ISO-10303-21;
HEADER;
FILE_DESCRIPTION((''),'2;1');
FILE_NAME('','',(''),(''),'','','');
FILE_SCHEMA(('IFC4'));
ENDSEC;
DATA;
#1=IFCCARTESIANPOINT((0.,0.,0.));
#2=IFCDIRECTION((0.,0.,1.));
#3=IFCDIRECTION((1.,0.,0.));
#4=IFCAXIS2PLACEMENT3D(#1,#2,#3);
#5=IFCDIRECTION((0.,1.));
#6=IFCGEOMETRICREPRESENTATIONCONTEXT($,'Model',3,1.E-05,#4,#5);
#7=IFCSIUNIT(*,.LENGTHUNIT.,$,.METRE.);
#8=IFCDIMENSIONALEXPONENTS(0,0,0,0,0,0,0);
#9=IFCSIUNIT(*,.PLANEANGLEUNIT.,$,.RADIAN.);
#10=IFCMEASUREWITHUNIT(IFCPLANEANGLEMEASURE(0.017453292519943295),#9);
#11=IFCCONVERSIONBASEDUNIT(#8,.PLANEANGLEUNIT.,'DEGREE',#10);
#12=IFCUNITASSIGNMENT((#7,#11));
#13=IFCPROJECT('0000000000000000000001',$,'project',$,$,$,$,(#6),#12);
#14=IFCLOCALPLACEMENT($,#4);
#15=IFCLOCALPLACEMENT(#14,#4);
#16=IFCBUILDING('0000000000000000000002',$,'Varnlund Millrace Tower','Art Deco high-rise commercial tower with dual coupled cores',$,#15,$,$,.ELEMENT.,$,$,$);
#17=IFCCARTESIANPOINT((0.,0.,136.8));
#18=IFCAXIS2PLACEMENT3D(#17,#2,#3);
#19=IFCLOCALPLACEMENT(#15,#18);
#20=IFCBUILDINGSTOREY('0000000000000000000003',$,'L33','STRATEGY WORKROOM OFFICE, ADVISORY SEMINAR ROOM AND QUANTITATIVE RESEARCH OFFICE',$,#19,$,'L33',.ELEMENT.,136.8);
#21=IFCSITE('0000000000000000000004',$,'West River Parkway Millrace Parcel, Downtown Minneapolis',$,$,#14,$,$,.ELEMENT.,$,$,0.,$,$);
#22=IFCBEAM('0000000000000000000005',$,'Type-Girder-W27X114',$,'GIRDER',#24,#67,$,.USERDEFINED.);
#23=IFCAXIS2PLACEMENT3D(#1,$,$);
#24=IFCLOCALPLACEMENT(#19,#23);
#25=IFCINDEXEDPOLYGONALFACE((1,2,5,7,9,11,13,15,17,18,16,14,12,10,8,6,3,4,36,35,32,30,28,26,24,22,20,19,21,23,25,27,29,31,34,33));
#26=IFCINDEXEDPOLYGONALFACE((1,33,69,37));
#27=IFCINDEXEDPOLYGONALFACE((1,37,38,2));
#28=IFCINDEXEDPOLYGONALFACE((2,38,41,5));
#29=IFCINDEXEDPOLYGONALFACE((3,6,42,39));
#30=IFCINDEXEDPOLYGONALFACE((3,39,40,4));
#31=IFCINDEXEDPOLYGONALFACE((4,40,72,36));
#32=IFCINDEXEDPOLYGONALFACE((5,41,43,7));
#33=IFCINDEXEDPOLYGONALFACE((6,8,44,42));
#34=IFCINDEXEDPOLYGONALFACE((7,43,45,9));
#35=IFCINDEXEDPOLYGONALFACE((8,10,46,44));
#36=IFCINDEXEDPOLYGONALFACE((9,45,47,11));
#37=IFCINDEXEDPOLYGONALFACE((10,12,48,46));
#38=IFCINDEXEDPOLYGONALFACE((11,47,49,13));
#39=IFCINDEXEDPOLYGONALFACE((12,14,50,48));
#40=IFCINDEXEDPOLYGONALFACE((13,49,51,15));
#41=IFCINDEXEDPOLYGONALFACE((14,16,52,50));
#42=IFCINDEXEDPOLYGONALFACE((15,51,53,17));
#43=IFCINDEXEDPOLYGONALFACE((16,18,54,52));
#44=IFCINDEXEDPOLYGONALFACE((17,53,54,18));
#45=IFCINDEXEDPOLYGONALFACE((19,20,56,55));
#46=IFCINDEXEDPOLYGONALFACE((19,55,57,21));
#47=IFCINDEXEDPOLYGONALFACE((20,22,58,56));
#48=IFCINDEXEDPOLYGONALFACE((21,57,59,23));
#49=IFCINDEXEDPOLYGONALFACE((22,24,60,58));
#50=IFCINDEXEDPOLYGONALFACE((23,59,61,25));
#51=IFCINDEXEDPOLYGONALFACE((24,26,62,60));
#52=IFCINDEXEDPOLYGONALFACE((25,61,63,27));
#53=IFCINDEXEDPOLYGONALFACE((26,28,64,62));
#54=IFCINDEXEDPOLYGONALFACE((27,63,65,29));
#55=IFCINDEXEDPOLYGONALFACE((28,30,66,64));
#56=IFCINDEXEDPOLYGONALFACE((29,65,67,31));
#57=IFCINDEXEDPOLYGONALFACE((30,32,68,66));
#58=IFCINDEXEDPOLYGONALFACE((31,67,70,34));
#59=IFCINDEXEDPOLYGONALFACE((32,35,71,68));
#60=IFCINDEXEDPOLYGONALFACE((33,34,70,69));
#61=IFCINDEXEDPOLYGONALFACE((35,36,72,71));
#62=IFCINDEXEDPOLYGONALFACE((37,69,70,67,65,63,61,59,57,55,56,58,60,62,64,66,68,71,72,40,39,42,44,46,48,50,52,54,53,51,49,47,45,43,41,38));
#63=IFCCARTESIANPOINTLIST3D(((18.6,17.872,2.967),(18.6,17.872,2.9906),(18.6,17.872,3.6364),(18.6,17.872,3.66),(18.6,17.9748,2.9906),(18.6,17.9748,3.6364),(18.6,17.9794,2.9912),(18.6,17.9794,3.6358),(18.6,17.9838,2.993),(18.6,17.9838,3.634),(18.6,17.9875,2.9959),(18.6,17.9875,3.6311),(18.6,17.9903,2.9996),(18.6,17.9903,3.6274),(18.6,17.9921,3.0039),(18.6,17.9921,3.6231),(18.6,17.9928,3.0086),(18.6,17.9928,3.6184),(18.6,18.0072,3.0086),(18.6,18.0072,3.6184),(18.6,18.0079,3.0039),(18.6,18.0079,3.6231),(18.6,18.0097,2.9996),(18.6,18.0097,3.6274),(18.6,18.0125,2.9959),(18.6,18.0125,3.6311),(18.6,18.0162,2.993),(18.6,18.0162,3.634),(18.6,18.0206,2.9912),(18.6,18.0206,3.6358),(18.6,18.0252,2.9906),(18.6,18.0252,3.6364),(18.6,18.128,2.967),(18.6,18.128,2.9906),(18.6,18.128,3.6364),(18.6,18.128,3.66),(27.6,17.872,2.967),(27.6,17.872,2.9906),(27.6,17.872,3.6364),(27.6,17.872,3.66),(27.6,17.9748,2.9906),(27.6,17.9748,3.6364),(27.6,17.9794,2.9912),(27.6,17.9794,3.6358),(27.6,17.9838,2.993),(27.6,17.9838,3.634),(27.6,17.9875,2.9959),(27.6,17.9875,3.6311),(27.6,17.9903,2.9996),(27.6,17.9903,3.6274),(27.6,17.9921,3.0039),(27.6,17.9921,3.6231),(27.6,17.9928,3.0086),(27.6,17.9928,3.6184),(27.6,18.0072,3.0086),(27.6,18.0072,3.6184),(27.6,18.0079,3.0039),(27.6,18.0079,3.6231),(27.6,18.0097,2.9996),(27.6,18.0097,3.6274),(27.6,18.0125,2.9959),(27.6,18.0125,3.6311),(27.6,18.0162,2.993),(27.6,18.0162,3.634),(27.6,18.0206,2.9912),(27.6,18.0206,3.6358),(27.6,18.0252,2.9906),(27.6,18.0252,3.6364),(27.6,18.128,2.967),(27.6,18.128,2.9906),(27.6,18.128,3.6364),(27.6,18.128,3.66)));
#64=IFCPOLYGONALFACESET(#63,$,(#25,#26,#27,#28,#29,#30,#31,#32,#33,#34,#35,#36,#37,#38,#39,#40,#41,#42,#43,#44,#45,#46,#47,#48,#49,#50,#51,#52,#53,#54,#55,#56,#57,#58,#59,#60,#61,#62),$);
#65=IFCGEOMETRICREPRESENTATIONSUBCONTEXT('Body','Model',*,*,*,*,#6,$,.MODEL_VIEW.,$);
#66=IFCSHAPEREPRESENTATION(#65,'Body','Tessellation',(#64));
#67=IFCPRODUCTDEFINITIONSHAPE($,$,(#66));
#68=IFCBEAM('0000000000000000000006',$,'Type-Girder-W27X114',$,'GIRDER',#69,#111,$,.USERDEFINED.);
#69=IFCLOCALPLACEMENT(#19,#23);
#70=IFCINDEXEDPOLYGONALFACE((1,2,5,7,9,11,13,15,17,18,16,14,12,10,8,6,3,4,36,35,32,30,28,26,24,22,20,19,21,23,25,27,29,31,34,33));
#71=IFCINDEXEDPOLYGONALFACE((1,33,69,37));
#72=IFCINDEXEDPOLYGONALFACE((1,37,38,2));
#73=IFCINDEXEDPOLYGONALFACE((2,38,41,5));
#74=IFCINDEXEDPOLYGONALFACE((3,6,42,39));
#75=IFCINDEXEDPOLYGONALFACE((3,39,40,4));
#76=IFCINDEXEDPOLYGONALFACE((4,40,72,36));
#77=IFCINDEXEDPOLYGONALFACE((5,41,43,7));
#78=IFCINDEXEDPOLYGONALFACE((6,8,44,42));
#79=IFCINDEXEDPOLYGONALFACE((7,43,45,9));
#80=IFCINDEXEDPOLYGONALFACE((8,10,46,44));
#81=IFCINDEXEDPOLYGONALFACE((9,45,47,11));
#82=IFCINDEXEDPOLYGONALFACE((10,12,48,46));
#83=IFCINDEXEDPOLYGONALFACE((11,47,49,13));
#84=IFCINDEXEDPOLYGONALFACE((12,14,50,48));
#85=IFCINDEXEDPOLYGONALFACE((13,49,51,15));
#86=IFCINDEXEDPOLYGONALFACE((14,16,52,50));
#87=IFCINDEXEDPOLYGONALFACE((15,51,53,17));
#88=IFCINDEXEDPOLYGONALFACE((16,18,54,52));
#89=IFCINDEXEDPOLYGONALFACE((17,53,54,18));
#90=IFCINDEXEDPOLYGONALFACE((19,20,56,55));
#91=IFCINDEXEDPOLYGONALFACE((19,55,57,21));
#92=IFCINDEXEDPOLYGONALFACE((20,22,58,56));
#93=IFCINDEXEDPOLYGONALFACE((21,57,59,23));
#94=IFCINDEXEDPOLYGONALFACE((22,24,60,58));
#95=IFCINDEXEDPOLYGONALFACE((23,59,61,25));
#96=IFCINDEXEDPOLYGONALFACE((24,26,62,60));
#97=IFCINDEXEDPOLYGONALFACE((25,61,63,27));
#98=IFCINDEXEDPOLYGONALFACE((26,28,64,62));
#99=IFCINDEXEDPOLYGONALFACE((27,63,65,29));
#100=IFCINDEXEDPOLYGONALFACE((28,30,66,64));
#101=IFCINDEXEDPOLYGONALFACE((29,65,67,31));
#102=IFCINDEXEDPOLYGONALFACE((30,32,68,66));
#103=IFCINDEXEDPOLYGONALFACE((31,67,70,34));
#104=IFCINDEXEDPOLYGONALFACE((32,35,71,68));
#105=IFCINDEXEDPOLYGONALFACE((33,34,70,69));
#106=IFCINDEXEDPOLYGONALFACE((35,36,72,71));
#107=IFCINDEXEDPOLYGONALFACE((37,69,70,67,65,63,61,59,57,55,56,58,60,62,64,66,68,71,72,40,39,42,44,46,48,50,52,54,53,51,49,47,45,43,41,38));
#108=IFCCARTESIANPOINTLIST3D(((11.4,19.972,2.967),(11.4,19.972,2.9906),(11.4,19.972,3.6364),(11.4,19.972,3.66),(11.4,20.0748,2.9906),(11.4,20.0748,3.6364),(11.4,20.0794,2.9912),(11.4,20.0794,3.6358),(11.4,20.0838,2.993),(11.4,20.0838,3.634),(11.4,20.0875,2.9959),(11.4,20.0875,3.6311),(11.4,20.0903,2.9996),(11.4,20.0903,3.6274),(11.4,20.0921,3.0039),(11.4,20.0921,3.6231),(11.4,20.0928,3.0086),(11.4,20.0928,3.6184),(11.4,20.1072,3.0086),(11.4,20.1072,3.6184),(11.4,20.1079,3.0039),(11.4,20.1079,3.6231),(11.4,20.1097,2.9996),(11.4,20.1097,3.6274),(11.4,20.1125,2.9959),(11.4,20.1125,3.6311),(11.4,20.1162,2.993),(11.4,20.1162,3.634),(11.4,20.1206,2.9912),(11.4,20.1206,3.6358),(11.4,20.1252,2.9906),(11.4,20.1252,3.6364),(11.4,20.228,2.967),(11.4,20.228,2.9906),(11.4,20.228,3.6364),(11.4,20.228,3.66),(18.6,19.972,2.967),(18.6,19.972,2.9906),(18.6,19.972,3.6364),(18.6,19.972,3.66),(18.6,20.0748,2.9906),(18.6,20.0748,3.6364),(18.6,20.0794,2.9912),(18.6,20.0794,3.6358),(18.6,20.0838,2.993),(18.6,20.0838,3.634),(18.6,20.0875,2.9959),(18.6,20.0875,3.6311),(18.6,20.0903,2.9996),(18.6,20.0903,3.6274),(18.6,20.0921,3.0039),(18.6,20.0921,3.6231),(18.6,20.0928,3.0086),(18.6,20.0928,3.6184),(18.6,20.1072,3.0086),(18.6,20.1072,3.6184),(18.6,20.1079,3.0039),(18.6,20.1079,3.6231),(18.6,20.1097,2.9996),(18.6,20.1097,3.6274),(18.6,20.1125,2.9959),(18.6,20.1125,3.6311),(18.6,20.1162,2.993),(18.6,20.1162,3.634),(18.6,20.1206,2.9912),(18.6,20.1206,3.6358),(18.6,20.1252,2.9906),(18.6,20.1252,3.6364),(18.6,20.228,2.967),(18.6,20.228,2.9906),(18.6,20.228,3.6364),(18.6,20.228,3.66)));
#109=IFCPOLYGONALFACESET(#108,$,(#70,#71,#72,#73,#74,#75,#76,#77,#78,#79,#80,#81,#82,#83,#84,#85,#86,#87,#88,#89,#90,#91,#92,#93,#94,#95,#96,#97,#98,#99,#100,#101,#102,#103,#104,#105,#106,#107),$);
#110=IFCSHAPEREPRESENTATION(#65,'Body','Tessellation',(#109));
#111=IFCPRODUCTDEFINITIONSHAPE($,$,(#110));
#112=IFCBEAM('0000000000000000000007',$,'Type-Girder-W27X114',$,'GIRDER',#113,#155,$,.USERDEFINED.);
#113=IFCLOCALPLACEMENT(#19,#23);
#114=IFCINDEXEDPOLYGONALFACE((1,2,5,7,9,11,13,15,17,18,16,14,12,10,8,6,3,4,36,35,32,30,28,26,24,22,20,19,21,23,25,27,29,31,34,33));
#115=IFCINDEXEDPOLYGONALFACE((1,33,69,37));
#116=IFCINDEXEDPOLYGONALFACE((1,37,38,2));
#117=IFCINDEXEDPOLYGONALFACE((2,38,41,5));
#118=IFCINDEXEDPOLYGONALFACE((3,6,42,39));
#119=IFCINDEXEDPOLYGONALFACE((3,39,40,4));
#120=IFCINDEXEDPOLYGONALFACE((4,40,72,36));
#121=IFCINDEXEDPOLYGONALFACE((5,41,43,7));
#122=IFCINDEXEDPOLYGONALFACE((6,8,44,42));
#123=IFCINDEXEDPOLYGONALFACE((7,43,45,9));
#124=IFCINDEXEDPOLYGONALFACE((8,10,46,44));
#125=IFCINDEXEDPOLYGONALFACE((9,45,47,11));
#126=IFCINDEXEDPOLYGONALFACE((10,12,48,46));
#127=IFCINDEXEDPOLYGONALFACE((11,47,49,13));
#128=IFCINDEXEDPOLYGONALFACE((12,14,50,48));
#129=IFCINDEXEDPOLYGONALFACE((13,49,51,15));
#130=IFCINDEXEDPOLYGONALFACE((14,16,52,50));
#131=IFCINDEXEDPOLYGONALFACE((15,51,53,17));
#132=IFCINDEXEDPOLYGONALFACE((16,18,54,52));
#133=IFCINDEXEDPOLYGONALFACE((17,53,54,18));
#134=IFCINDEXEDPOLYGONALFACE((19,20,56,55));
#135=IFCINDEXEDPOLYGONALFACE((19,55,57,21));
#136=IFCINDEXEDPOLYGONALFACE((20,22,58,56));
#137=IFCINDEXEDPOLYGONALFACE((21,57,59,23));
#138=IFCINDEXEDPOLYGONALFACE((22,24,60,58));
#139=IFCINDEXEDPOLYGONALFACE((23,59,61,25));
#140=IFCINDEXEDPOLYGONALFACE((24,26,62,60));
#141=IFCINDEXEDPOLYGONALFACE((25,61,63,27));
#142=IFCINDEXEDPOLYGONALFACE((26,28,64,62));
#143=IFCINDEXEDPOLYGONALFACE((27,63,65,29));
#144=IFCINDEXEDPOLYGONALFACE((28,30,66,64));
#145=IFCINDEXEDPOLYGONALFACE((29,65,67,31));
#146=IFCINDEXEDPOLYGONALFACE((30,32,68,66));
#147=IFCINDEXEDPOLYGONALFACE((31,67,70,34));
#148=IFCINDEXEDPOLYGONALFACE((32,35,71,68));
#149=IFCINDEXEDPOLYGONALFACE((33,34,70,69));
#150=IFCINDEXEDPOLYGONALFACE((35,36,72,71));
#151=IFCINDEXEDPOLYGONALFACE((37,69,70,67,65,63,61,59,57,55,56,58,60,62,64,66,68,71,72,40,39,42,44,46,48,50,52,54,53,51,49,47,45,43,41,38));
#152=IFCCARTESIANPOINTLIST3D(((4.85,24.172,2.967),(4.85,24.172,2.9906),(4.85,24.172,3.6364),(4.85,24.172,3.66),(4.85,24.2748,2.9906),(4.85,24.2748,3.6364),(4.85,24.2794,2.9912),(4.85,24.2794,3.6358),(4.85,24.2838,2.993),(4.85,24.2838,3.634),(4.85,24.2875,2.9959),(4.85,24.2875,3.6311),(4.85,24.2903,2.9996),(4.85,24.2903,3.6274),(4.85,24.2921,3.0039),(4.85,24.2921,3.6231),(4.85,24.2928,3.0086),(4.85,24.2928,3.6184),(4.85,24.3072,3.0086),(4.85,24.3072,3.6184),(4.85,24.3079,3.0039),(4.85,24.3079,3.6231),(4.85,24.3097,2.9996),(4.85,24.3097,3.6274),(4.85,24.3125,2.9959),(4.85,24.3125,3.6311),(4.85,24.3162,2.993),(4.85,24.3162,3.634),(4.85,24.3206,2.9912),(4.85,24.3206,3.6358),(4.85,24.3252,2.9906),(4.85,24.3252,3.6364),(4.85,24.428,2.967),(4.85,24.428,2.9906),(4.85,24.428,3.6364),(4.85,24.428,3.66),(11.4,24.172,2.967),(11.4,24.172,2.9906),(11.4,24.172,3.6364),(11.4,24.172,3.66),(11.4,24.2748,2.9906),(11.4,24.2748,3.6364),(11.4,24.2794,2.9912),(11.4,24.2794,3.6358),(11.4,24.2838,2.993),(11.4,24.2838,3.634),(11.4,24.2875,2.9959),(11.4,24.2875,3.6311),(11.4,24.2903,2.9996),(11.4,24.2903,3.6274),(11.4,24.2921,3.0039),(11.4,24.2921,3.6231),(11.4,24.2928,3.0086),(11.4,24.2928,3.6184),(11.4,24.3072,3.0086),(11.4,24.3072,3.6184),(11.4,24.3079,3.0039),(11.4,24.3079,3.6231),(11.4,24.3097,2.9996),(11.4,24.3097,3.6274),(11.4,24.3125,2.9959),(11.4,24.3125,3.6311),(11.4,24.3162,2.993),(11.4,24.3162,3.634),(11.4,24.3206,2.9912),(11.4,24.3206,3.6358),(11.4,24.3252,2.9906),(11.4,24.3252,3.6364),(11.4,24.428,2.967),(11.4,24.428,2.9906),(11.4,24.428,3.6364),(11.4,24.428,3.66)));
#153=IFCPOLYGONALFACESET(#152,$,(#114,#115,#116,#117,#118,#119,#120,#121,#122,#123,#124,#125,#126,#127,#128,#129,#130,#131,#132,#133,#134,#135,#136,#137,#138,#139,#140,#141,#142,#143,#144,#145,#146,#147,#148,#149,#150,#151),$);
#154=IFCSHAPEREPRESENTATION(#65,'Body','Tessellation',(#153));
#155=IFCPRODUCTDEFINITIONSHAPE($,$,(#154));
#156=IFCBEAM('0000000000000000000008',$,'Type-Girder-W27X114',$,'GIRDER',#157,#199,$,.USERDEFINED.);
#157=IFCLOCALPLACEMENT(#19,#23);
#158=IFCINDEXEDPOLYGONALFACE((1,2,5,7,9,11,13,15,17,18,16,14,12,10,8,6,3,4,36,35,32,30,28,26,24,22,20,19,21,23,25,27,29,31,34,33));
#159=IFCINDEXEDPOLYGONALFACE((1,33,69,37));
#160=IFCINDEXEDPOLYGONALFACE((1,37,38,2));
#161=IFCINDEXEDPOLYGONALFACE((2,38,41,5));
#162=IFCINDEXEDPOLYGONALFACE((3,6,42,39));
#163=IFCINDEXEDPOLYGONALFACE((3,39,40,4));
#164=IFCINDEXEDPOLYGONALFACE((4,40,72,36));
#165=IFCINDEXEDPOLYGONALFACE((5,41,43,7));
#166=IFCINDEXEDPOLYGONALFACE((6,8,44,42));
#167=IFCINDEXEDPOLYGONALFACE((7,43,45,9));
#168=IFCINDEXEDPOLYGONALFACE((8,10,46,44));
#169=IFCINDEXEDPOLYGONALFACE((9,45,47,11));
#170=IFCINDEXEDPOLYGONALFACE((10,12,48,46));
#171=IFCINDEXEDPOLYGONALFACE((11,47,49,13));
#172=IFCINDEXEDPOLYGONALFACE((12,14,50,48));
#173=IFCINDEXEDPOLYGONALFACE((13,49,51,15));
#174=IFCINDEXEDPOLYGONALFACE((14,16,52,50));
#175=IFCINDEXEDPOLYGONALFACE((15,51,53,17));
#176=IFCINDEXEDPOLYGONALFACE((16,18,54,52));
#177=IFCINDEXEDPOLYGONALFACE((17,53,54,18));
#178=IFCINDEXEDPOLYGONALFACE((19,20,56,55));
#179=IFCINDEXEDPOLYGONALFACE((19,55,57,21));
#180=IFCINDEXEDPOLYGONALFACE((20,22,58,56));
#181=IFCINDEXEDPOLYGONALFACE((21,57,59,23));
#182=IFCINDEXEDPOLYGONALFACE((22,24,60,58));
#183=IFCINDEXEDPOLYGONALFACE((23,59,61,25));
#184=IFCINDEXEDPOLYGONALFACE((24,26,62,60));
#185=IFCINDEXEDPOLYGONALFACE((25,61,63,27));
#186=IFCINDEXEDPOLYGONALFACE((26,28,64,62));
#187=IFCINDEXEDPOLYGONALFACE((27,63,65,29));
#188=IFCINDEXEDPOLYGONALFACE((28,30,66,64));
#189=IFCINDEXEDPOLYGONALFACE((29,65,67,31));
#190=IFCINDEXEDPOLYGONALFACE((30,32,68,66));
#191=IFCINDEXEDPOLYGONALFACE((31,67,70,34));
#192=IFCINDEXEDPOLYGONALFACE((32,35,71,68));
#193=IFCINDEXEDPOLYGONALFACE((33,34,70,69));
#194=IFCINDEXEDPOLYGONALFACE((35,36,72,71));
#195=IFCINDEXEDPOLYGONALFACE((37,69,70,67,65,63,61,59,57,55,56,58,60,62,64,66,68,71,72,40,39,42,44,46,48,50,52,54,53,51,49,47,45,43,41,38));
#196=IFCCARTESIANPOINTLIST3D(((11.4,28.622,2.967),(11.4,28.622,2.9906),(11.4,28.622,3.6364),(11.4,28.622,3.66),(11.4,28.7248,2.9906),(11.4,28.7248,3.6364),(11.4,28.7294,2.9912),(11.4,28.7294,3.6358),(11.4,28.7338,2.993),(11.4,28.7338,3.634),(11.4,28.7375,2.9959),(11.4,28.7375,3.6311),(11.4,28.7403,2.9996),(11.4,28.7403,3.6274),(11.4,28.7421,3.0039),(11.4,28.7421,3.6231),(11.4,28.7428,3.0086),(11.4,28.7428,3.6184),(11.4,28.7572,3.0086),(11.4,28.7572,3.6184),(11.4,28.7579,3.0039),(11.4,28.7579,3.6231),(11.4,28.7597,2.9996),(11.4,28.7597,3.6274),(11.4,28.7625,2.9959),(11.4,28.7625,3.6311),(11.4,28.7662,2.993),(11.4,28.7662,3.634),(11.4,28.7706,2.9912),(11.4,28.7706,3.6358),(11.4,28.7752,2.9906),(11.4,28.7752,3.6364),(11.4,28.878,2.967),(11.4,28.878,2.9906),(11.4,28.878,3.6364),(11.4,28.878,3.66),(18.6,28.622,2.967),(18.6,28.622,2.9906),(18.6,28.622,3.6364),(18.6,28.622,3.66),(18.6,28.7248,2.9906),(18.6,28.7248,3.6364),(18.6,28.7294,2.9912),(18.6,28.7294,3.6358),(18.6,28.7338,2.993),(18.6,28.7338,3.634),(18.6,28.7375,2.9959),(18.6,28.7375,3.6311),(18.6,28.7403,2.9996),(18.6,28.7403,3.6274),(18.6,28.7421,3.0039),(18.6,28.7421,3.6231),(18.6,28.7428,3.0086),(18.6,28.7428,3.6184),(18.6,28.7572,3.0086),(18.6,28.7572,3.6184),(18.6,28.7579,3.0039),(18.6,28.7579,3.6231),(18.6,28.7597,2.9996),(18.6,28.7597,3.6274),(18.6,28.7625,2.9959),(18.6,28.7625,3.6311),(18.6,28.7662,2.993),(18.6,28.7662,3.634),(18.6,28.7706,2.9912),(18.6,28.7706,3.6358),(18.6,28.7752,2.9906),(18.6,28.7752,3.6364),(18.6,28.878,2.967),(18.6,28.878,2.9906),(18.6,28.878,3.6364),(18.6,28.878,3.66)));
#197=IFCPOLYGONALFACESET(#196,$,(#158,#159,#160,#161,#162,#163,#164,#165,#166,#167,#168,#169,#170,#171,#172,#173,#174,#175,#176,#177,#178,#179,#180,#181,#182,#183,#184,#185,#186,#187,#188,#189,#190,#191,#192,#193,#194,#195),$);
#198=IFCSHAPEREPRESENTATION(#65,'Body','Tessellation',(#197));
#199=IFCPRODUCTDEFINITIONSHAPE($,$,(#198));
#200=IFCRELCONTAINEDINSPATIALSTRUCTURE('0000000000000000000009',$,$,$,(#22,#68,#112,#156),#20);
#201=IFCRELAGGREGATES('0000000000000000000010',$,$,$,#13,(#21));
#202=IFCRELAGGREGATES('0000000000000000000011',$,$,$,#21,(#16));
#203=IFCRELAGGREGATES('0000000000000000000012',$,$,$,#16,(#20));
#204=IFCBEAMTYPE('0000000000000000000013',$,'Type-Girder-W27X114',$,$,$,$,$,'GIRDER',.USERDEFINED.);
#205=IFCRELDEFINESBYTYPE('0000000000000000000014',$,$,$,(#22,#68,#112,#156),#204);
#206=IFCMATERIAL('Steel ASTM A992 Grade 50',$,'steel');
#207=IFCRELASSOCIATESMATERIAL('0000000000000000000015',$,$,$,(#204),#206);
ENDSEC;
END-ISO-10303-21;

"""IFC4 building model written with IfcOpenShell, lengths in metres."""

from ifc_helpers import new_model, entity, si_unit, converted_unit, direction, frame, origin_with_axes, origin_2d_with_axis, place, context, subcontext, project, spatial, i_section, extrude, material, material_profile, profile_set, type_object, element, save


model = new_model("IFC4")

# Units and contexts
model_context = context("Model", 3, precision=1e-05, world=origin_with_axes(), true_north=direction((0.0, 1.0)))
body_context = subcontext(model_context, "Body", "Model", "MODEL_VIEW")
ifc_project = project(units=[si_unit("LENGTHUNIT", "METRE"), converted_unit("PLANEANGLEUNIT", "DEGREE", entity("IfcPlaneAngleMeasure", 0.017453292519943295), si_unit("PLANEANGLEUNIT", "RADIAN"), dimensions=[0, 0, 0, 0, 0, 0, 0])], contexts=[model_context])

# Site, building, storey
site_placement = place(None, origin_with_axes())
site = spatial("IfcSite", under=ifc_project, at=site_placement, Name="West River Parkway Millrace Parcel, Downtown Minneapolis", CompositionType="ELEMENT", RefElevation=0.0)
building_placement = place(site_placement, origin_with_axes())
building = spatial("IfcBuilding", under=site, at=building_placement, Name="Varnlund Millrace Tower", Description="Art Deco high-rise commercial tower with dual coupled cores", CompositionType="ELEMENT")
storey_placement = place(building_placement, frame((0.0, 0.0, 136.8), z_axis=(0.0, 0.0, 1.0), x_axis=(1.0, 0.0, 0.0)))
storey = spatial("IfcBuildingStorey", under=building, at=storey_placement, Name="L33", Description="STRATEGY WORKROOM OFFICE, ADVISORY SEMINAR ROOM AND QUANTITATIVE RESEARCH OFFICE", LongName="L33", CompositionType="ELEMENT", Elevation=136.8)

# Beams
ifc_material_1 = material(Name="Steel ASTM A992 Grade 50", Category="steel")
ifc_material_profile_1 = material_profile(ifc_material_1, i_section(OverallWidth=0.256, OverallDepth=0.693, WebThickness=0.0145, FlangeThickness=0.0236, FilletRadius=0.018, at=origin_2d_with_axis()), Name="Steel ASTM A992 Grade 50")
ifc_profile_set_1 = profile_set([ifc_material_profile_1], Name="Steel ASTM A992 Grade 50")
beam_type_1 = type_object("IfcBeamType", Name="Type-Girder-W27X114", ElementType="GIRDER", PredefinedType="USERDEFINED", material=ifc_profile_set_1)
beam_1_placement = place(storey_placement, frame((18.6, 18.0, 3.3135), z_axis=(1.0, 0.0, 0.0), x_axis=(0.0, 1.0, 0.0)))
element("IfcBeam", 1, at=beam_1_placement, inside=storey, type_object=beam_type_1, Name="Type-Girder-W27X114", ObjectType="GIRDER", PredefinedType="USERDEFINED", context=body_context, shape_type="SweptSolid", body=[
    extrude(i_section(OverallWidth=0.256, OverallDepth=0.693, WebThickness=0.0145, FlangeThickness=0.0236, FilletRadius=0.018, at=origin_2d_with_axis()), origin_with_axes(), (0.0, 0.0, 1.0), 9.0),
])
beam_2_placement = place(storey_placement, frame((11.4, 20.1, 3.3135), z_axis=(1.0, 0.0, 0.0), x_axis=(0.0, 1.0, 0.0)))
element("IfcBeam", 2, at=beam_2_placement, inside=storey, type_object=beam_type_1, Name="Type-Girder-W27X114", ObjectType="GIRDER", PredefinedType="USERDEFINED", context=body_context, shape_type="SweptSolid", body=[
    extrude(i_section(OverallWidth=0.256, OverallDepth=0.693, WebThickness=0.0145, FlangeThickness=0.0236, FilletRadius=0.018, at=origin_2d_with_axis()), origin_with_axes(), (0.0, 0.0, 1.0), 7.2),
])
beam_3_placement = place(storey_placement, frame((4.85, 24.3, 3.3135), z_axis=(1.0, 0.0, 0.0), x_axis=(0.0, 1.0, 0.0)))
element("IfcBeam", 3, at=beam_3_placement, inside=storey, type_object=beam_type_1, Name="Type-Girder-W27X114", ObjectType="GIRDER", PredefinedType="USERDEFINED", context=body_context, shape_type="SweptSolid", body=[
    extrude(i_section(OverallWidth=0.256, OverallDepth=0.693, WebThickness=0.0145, FlangeThickness=0.0236, FilletRadius=0.018, at=origin_2d_with_axis()), origin_with_axes(), (0.0, 0.0, 1.0), 6.55),
])
beam_4_placement = place(storey_placement, frame((11.4, 28.75, 3.3135), z_axis=(1.0, 0.0, 0.0), x_axis=(0.0, 1.0, 0.0)))
element("IfcBeam", 4, at=beam_4_placement, inside=storey, type_object=beam_type_1, Name="Type-Girder-W27X114", ObjectType="GIRDER", PredefinedType="USERDEFINED", context=body_context, shape_type="SweptSolid", body=[
    extrude(i_section(OverallWidth=0.256, OverallDepth=0.693, WebThickness=0.0145, FlangeThickness=0.0236, FilletRadius=0.018, at=origin_2d_with_axis()), origin_with_axes(), (0.0, 0.0, 1.0), 7.2),
])

save(model, "model.ifc")
